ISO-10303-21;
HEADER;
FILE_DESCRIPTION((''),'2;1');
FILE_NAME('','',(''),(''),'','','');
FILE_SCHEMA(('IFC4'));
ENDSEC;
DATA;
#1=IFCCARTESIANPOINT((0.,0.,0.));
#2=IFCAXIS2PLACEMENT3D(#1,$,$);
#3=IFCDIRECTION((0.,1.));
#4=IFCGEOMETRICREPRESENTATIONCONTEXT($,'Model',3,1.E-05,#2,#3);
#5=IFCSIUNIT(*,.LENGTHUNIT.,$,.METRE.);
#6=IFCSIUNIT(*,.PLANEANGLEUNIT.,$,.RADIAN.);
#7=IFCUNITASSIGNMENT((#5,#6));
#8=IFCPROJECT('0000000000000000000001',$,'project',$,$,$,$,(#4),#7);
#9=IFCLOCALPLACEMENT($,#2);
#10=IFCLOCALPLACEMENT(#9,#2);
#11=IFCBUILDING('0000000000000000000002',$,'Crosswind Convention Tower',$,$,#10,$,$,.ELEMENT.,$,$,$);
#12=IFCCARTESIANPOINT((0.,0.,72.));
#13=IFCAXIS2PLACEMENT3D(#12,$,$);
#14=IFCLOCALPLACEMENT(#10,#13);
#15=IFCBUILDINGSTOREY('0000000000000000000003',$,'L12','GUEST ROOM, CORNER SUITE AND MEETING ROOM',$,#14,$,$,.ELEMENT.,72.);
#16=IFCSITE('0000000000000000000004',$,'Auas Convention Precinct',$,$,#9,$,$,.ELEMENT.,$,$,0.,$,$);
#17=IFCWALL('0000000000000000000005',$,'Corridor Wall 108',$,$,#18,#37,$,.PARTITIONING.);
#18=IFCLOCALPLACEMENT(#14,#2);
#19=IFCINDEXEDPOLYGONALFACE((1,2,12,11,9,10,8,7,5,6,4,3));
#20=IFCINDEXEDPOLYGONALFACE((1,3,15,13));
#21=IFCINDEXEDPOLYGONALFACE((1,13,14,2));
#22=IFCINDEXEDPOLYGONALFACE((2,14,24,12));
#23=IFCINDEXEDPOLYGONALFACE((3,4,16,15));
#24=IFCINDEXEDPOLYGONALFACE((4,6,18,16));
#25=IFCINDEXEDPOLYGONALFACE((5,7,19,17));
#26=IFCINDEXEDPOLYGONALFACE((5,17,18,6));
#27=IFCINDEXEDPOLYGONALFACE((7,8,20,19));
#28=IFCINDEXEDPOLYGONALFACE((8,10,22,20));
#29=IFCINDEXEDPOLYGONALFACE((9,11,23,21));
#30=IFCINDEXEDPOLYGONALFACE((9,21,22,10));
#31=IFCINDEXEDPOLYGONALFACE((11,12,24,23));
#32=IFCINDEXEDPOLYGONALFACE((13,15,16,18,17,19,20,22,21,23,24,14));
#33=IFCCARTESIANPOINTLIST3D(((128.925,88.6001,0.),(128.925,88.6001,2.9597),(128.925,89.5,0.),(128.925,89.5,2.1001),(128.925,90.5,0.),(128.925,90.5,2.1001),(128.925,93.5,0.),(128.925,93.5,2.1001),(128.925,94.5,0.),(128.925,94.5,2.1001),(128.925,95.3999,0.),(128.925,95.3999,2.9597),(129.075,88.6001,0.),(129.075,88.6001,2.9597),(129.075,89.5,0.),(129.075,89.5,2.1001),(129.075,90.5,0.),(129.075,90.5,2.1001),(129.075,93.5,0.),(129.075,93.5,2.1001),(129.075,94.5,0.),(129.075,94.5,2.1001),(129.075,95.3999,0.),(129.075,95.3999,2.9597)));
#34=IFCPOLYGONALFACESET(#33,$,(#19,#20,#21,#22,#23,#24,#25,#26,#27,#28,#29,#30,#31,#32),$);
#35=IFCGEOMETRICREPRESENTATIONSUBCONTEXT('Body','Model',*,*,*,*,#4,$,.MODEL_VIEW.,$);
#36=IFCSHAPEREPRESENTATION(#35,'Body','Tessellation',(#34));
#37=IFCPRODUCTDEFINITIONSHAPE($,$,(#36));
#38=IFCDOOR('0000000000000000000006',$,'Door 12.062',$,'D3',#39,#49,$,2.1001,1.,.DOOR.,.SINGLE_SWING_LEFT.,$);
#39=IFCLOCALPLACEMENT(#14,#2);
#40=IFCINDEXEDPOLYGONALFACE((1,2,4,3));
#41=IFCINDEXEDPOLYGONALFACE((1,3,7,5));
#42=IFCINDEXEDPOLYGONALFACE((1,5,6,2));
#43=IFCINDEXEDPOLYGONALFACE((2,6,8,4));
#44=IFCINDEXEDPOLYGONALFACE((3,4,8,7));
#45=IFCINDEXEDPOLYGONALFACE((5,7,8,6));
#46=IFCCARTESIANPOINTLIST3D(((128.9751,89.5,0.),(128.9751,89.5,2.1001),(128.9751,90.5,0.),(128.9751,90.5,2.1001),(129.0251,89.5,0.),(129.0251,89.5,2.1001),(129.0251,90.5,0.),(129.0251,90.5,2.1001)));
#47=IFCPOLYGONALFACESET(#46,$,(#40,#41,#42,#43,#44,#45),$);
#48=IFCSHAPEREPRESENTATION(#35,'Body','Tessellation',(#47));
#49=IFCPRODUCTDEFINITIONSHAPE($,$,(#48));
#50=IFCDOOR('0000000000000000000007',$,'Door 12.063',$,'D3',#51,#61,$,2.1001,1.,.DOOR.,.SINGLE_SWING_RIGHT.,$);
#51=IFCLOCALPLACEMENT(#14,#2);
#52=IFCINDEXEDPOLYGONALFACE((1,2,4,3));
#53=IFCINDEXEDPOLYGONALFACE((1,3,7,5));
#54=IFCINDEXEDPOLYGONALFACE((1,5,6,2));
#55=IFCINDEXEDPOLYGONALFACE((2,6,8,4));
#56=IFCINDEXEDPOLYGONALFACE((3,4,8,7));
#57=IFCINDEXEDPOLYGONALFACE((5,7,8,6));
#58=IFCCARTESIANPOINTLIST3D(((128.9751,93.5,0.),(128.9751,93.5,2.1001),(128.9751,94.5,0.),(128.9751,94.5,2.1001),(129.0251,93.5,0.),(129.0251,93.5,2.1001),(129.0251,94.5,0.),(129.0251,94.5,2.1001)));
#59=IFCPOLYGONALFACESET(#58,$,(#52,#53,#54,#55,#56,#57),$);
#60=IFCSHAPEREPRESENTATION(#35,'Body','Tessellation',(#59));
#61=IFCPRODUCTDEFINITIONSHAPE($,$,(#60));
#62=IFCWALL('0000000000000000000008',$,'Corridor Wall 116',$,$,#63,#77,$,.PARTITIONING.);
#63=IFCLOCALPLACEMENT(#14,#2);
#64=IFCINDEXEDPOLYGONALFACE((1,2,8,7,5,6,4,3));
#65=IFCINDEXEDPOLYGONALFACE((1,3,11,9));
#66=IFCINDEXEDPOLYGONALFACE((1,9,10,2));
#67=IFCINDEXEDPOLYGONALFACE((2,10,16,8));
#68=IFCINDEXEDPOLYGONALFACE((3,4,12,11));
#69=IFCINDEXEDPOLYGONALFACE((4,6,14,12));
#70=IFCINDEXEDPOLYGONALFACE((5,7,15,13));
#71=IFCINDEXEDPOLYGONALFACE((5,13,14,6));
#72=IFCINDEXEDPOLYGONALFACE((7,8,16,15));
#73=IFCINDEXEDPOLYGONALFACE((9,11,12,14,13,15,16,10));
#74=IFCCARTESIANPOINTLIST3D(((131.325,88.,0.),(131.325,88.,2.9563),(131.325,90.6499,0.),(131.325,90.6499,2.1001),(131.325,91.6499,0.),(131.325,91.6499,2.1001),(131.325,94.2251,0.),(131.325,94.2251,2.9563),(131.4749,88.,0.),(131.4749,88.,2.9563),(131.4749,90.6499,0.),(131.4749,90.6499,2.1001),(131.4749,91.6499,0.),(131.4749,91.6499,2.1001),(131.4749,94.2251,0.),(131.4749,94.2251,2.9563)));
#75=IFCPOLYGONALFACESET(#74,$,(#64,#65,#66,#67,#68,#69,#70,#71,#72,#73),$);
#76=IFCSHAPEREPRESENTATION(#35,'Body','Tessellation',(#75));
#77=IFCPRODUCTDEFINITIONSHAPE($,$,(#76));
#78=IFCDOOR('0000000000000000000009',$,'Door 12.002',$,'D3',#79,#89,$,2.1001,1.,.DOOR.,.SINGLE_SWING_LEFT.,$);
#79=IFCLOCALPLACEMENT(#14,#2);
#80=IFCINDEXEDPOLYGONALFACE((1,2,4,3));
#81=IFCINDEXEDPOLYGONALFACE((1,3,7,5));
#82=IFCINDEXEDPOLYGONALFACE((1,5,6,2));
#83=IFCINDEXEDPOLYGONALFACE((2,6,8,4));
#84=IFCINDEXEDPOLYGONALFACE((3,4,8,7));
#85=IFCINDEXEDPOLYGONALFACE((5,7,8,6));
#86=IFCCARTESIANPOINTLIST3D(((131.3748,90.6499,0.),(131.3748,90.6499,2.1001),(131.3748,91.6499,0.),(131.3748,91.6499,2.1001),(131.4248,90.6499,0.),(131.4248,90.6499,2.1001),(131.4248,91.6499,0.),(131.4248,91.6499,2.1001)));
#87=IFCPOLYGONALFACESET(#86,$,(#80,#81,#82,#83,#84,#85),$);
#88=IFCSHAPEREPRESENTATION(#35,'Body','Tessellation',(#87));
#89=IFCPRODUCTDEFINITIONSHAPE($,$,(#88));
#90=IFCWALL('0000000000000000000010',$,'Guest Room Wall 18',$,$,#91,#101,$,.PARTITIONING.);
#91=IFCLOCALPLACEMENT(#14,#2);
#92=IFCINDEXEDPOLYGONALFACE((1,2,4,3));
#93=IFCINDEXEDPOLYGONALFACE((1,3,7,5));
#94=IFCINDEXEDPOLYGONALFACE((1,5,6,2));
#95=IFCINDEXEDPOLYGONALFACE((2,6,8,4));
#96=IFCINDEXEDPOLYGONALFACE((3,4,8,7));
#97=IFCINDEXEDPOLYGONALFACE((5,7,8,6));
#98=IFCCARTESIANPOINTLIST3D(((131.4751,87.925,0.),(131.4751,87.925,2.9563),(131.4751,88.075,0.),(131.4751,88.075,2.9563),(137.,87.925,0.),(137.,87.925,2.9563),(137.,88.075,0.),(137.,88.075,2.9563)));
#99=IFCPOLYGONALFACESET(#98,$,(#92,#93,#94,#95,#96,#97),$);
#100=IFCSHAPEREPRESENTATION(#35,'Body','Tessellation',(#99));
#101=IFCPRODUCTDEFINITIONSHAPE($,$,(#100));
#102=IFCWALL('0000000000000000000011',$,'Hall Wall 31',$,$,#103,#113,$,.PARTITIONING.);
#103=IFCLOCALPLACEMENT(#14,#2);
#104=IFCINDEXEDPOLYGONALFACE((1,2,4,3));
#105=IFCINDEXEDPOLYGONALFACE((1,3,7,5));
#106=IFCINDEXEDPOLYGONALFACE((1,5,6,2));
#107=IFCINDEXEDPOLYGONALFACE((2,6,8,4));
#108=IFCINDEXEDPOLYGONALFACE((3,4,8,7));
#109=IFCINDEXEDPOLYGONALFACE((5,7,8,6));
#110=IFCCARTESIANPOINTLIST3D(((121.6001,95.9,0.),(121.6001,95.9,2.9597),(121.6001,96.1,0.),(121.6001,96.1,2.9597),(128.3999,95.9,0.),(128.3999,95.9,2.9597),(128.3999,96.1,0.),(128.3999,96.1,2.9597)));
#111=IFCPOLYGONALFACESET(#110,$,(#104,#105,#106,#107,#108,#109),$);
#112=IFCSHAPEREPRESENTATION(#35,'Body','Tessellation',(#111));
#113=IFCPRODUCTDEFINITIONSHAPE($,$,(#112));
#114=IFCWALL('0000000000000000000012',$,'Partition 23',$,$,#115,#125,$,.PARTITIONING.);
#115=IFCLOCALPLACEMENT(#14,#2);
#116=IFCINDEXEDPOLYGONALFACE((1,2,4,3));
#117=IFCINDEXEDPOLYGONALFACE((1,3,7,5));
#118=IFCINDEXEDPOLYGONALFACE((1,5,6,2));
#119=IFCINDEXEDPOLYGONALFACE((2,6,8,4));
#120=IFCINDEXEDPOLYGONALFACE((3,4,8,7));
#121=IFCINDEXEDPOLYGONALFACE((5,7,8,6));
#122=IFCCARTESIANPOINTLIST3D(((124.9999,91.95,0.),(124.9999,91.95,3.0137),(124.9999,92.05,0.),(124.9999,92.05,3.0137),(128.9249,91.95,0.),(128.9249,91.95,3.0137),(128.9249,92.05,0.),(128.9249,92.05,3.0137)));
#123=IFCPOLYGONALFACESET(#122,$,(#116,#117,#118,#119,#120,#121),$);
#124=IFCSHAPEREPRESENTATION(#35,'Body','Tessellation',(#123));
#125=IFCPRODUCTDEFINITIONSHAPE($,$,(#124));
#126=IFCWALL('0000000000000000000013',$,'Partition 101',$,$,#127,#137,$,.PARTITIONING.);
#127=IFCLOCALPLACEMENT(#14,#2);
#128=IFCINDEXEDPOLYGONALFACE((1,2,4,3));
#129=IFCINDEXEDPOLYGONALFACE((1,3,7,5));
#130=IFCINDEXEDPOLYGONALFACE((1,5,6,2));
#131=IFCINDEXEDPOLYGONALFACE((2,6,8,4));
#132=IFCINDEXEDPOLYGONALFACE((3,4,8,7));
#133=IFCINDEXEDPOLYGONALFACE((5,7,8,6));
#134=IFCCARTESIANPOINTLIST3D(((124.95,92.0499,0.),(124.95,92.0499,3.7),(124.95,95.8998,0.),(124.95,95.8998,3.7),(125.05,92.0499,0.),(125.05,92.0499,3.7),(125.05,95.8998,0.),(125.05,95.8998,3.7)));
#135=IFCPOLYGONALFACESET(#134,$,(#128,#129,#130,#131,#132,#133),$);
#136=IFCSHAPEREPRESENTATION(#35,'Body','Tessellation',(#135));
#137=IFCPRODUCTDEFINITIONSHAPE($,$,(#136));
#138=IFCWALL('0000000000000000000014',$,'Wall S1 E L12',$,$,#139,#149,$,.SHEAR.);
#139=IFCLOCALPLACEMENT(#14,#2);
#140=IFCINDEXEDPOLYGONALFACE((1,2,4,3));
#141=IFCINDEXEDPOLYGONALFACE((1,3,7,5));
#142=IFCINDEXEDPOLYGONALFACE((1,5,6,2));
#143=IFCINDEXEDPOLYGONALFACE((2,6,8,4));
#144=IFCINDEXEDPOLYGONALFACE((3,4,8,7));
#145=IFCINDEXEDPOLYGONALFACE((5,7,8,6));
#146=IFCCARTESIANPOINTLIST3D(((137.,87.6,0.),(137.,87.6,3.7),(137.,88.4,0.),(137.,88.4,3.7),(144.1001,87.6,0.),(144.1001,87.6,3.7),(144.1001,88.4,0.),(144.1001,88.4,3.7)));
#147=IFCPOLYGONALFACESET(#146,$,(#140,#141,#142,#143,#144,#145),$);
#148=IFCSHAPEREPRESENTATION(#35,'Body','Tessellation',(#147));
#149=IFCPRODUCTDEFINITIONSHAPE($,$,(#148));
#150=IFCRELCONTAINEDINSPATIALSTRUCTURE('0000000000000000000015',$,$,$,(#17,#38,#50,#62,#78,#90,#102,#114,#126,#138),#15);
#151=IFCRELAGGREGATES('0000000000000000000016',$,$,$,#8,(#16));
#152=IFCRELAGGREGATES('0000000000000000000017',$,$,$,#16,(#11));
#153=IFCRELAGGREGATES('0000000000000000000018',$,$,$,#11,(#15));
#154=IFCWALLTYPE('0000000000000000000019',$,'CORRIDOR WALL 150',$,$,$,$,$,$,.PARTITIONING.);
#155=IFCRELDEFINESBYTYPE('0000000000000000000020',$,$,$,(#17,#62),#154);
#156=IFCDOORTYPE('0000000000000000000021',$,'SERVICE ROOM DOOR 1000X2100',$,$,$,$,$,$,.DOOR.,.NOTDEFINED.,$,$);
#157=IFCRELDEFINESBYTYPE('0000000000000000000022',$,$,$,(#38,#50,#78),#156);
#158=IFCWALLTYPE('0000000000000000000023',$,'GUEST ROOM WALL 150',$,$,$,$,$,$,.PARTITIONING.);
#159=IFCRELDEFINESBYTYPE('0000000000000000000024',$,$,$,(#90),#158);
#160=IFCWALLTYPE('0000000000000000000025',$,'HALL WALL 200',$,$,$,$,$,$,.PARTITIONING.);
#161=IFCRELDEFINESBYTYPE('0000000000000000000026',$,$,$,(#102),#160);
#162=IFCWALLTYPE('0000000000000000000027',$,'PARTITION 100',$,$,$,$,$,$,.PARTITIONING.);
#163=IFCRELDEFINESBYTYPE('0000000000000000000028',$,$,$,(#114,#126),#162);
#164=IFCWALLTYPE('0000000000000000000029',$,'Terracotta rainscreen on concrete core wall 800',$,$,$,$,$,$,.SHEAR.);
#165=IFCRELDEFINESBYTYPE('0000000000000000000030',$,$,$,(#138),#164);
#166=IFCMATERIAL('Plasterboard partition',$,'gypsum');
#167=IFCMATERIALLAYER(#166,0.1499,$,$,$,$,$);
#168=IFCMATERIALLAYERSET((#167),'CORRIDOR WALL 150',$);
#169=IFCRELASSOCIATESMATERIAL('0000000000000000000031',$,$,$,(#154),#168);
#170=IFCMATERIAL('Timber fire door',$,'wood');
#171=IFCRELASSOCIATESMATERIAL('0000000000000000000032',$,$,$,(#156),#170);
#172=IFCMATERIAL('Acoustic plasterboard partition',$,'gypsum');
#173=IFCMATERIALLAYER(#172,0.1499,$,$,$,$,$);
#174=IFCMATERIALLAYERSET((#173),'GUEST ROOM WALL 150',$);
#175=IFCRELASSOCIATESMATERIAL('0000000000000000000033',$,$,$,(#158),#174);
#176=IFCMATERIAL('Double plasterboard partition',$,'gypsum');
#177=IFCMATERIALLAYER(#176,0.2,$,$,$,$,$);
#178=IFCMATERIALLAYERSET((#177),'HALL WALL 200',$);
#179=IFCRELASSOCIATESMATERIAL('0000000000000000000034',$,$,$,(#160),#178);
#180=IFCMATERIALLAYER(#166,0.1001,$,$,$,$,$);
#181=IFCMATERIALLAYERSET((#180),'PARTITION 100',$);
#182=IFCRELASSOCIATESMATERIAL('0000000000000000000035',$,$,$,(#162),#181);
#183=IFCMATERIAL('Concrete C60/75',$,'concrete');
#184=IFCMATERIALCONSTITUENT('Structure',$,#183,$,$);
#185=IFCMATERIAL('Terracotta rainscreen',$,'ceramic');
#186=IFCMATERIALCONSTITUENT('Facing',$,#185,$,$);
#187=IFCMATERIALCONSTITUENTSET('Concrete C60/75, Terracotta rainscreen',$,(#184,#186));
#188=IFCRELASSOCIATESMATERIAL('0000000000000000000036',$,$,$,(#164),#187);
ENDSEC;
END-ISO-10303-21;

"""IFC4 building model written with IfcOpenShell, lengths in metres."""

from ifc_helpers import new_model, si_unit, direction, frame, frame_2d, origin, place, context, subcontext, project, spatial, rectangle, extrude, material, layer, layer_set, constituent, constituent_set, type_object, element, fill, save


model = new_model("IFC4")

# Units and contexts
model_context = context("Model", 3, precision=1e-05, world=origin(), true_north=direction((0.0, 1.0)))
body_context = subcontext(model_context, "Body", "Model", "MODEL_VIEW")
ifc_project = project(units=[si_unit("LENGTHUNIT", "METRE"), si_unit("PLANEANGLEUNIT", "RADIAN")], contexts=[model_context])

# Site, building, storey
site_placement = place(None, origin())
site = spatial("IfcSite", under=ifc_project, at=site_placement, Name="Auas Convention Precinct", CompositionType="ELEMENT", RefElevation=0.0)
building_placement = place(site_placement, origin())
building = spatial("IfcBuilding", under=site, at=building_placement, Name="Crosswind Convention Tower", CompositionType="ELEMENT")
storey_placement = place(building_placement, frame((0.0, 0.0, 72.0)))
storey = spatial("IfcBuildingStorey", under=building, at=storey_placement, Name="L12", Description="GUEST ROOM, CORNER SUITE AND MEETING ROOM", CompositionType="ELEMENT", Elevation=72.0)

# Shared definitions
ifc_material_1 = material(Name="Plasterboard partition", Category="gypsum")
ifc_layer_1 = layer(ifc_material_1, 0.1499)
ifc_layer_set_1 = layer_set([ifc_layer_1], Name="CORRIDOR WALL 150")
wall_type_1 = type_object("IfcWallType", Name="CORRIDOR WALL 150", PredefinedType="PARTITIONING", material=ifc_layer_set_1)

# Wall, openings, doors
wall_1_placement = place(storey_placement, frame((129.0, 88.6001, 0.0), z_axis=(0.0, 0.0, 1.0), x_axis=(0.0, 1.0, 0.0)))
wall_1 = element("IfcWall", 1, at=wall_1_placement, inside=storey, type_object=wall_type_1, Name="Corridor Wall 108", PredefinedType="PARTITIONING", context=body_context, shape_type="SweptSolid", body=[
    extrude(rectangle(XDim=6.7998, YDim=0.1499, at=frame_2d((3.3999, 0.0))), origin(), (0.0, 0.0, 1.0), 2.9597),
])
opening_1_placement = place(wall_1_placement, frame((0.8999, 0.0, 0.0)))
opening_1 = element("IfcOpeningElement", 2, at=opening_1_placement, cuts=wall_1, PredefinedType="OPENING", context=body_context, shape_type="SweptSolid", body=[
    extrude(rectangle(XDim=1.0, YDim=2.1001, at=frame_2d((0.5, 1.05))), frame((0.0, 0.085, 0.0), z_axis=(0.0, -1.0, 0.0), x_axis=(1.0, 0.0, 0.0)), (0.0, 0.0, 1.0), 0.1699),
])
opening_2_placement = place(wall_1_placement, frame((4.8999, 0.0, 0.0)))
opening_2 = element("IfcOpeningElement", 3, at=opening_2_placement, cuts=wall_1, PredefinedType="OPENING", context=body_context, shape_type="SweptSolid", body=[
    extrude(rectangle(XDim=1.0, YDim=2.1001, at=frame_2d((0.5, 1.05))), frame((0.0, 0.085, 0.0), z_axis=(0.0, -1.0, 0.0), x_axis=(1.0, 0.0, 0.0)), (0.0, 0.0, 1.0), 0.1699),
])
ifc_material_2 = material(Name="Timber fire door", Category="wood")
door_type = type_object("IfcDoorType", Name="SERVICE ROOM DOOR 1000X2100", OperationType="NOTDEFINED", PredefinedType="DOOR", material=ifc_material_2)
door_1_placement = place(opening_1_placement, origin())
door_1 = element("IfcDoor", 4, at=door_1_placement, inside=storey, type_object=door_type, Name="Door 12.062", ObjectType="D3", OperationType="SINGLE_SWING_LEFT", OverallHeight=2.1001, OverallWidth=1.0, PredefinedType="DOOR", context=body_context, shape_type="SweptSolid", body=[
    extrude(rectangle(XDim=1.0, YDim=2.1001, at=frame_2d((0.5, 1.05))), frame((0.0, 0.0249, 0.0), z_axis=(0.0, -1.0, 0.0), x_axis=(1.0, 0.0, 0.0)), (0.0, 0.0, 1.0), 0.05),
])
fill(opening_1, door_1)
door_2_placement = place(opening_2_placement, origin())
door_2 = element("IfcDoor", 5, at=door_2_placement, inside=storey, type_object=door_type, Name="Door 12.063", ObjectType="D3", OperationType="SINGLE_SWING_RIGHT", OverallHeight=2.1001, OverallWidth=1.0, PredefinedType="DOOR", context=body_context, shape_type="SweptSolid", body=[
    extrude(rectangle(XDim=1.0, YDim=2.1001, at=frame_2d((0.5, 1.05))), frame((0.0, 0.0249, 0.0), z_axis=(0.0, -1.0, 0.0), x_axis=(1.0, 0.0, 0.0)), (0.0, 0.0, 1.0), 0.05),
])
fill(opening_2, door_2)

# Wall, opening, door
wall_2_placement = place(storey_placement, frame((131.3999, 88.0, 0.0), z_axis=(0.0, 0.0, 1.0), x_axis=(0.0, 1.0, 0.0)))
wall_2 = element("IfcWall", 6, at=wall_2_placement, inside=storey, type_object=wall_type_1, Name="Corridor Wall 116", PredefinedType="PARTITIONING", context=body_context, shape_type="SweptSolid", body=[
    extrude(rectangle(XDim=6.2251, YDim=0.1499, at=frame_2d((3.1125, 0.0))), origin(), (0.0, 0.0, 1.0), 2.9563),
])
opening_3_placement = place(wall_2_placement, frame((2.6499, 0.0, 0.0)))
opening_3 = element("IfcOpeningElement", 7, at=opening_3_placement, cuts=wall_2, PredefinedType="OPENING", context=body_context, shape_type="SweptSolid", body=[
    extrude(rectangle(XDim=1.0, YDim=2.1001, at=frame_2d((0.5, 1.05))), frame((0.0, 0.085, 0.0), z_axis=(0.0, -1.0, 0.0), x_axis=(1.0, 0.0, 0.0)), (0.0, 0.0, 1.0), 0.1699),
])
door_3_placement = place(opening_3_placement, frame((1.0, 0.0, 0.0), z_axis=(0.0, 0.0, 1.0), x_axis=(-1.0, 0.0, 0.0)))
door_3 = element("IfcDoor", 8, at=door_3_placement, inside=storey, type_object=door_type, Name="Door 12.002", ObjectType="D3", OperationType="SINGLE_SWING_LEFT", OverallHeight=2.1001, OverallWidth=1.0, PredefinedType="DOOR", context=body_context, shape_type="SweptSolid", body=[
    extrude(rectangle(XDim=1.0, YDim=2.1001, at=frame_2d((0.5, 1.05))), frame((0.0, 0.0249, 0.0), z_axis=(0.0, -1.0, 0.0), x_axis=(1.0, 0.0, 0.0)), (0.0, 0.0, 1.0), 0.05),
])
fill(opening_3, door_3)

# Walls
ifc_material_3 = material(Name="Acoustic plasterboard partition", Category="gypsum")
ifc_layer_2 = layer(ifc_material_3, 0.1499)
ifc_layer_set_2 = layer_set([ifc_layer_2], Name="GUEST ROOM WALL 150")
wall_type_2 = type_object("IfcWallType", Name="GUEST ROOM WALL 150", PredefinedType="PARTITIONING", material=ifc_layer_set_2)
wall_3_placement = place(storey_placement, frame((131.4751, 88.0, 0.0), z_axis=(0.0, 0.0, 1.0), x_axis=(1.0, 0.0, 0.0)))
element("IfcWall", 9, at=wall_3_placement, inside=storey, type_object=wall_type_2, Name="Guest Room Wall 18", PredefinedType="PARTITIONING", context=body_context, shape_type="SweptSolid", body=[
    extrude(rectangle(XDim=5.5249, YDim=0.1499, at=frame_2d((2.7625, 0.0))), origin(), (0.0, 0.0, 1.0), 2.9563),
])
ifc_material_4 = material(Name="Double plasterboard partition", Category="gypsum")
ifc_layer_3 = layer(ifc_material_4, 0.2)
ifc_layer_set_3 = layer_set([ifc_layer_3], Name="HALL WALL 200")
wall_type_3 = type_object("IfcWallType", Name="HALL WALL 200", PredefinedType="PARTITIONING", material=ifc_layer_set_3)
wall_4_placement = place(storey_placement, frame((121.6001, 96.0, 0.0), z_axis=(0.0, 0.0, 1.0), x_axis=(1.0, 0.0, 0.0)))
element("IfcWall", 10, at=wall_4_placement, inside=storey, type_object=wall_type_3, Name="Hall Wall 31", PredefinedType="PARTITIONING", context=body_context, shape_type="SweptSolid", body=[
    extrude(rectangle(XDim=6.7998, YDim=0.2, at=frame_2d((3.3999, 0.0))), origin(), (0.0, 0.0, 1.0), 2.9597),
])
ifc_layer_4 = layer(ifc_material_1, 0.1001)
ifc_layer_set_4 = layer_set([ifc_layer_4], Name="PARTITION 100")
wall_type_4 = type_object("IfcWallType", Name="PARTITION 100", PredefinedType="PARTITIONING", material=ifc_layer_set_4)
wall_5_placement = place(storey_placement, frame((125.0, 92.0, 0.0), z_axis=(0.0, 0.0, 1.0), x_axis=(1.0, 0.0, 0.0)))
element("IfcWall", 11, at=wall_5_placement, inside=storey, type_object=wall_type_4, Name="Partition 23", PredefinedType="PARTITIONING", context=body_context, shape_type="SweptSolid", body=[
    extrude(rectangle(XDim=3.925, YDim=0.1001, at=frame_2d((1.9624, 0.0))), origin(), (0.0, 0.0, 1.0), 3.0137),
])
wall_6_placement = place(storey_placement, frame((125.0, 92.05, 0.0), z_axis=(0.0, 0.0, 1.0), x_axis=(0.0, 1.0, 0.0)))
element("IfcWall", 12, at=wall_6_placement, inside=storey, type_object=wall_type_4, Name="Partition 101", PredefinedType="PARTITIONING", context=body_context, shape_type="SweptSolid", body=[
    extrude(rectangle(XDim=3.8499, YDim=0.1001, at=frame_2d((1.9248, 0.0))), origin(), (0.0, 0.0, 1.0), 3.7),
])
ifc_material_5 = material(Name="Concrete C60/75", Category="concrete")
ifc_constituent_1 = constituent(ifc_material_5, Name="Structure")
ifc_material_6 = material(Name="Terracotta rainscreen", Category="ceramic")
ifc_constituent_2 = constituent(ifc_material_6, Name="Facing")
ifc_constituent_set = constituent_set(constituents=[ifc_constituent_1, ifc_constituent_2], Name="Concrete C60/75, Terracotta rainscreen")
wall_type_5 = type_object("IfcWallType", Name="Terracotta rainscreen on concrete core wall 800", PredefinedType="SHEAR", material=ifc_constituent_set)
wall_7_placement = place(storey_placement, frame((137.0, 88.0, 0.0), z_axis=(0.0, 0.0, 1.0), x_axis=(1.0, 0.0, 0.0)))
element("IfcWall", 13, at=wall_7_placement, inside=storey, type_object=wall_type_5, Name="Wall S1 E L12", PredefinedType="SHEAR", context=body_context, shape_type="SweptSolid", body=[
    extrude(rectangle(XDim=7.1001, YDim=0.8, at=frame_2d((3.55, 0.0))), origin(), (0.0, 0.0, 1.0), 3.7),
])

save(model, "model.ifc")
